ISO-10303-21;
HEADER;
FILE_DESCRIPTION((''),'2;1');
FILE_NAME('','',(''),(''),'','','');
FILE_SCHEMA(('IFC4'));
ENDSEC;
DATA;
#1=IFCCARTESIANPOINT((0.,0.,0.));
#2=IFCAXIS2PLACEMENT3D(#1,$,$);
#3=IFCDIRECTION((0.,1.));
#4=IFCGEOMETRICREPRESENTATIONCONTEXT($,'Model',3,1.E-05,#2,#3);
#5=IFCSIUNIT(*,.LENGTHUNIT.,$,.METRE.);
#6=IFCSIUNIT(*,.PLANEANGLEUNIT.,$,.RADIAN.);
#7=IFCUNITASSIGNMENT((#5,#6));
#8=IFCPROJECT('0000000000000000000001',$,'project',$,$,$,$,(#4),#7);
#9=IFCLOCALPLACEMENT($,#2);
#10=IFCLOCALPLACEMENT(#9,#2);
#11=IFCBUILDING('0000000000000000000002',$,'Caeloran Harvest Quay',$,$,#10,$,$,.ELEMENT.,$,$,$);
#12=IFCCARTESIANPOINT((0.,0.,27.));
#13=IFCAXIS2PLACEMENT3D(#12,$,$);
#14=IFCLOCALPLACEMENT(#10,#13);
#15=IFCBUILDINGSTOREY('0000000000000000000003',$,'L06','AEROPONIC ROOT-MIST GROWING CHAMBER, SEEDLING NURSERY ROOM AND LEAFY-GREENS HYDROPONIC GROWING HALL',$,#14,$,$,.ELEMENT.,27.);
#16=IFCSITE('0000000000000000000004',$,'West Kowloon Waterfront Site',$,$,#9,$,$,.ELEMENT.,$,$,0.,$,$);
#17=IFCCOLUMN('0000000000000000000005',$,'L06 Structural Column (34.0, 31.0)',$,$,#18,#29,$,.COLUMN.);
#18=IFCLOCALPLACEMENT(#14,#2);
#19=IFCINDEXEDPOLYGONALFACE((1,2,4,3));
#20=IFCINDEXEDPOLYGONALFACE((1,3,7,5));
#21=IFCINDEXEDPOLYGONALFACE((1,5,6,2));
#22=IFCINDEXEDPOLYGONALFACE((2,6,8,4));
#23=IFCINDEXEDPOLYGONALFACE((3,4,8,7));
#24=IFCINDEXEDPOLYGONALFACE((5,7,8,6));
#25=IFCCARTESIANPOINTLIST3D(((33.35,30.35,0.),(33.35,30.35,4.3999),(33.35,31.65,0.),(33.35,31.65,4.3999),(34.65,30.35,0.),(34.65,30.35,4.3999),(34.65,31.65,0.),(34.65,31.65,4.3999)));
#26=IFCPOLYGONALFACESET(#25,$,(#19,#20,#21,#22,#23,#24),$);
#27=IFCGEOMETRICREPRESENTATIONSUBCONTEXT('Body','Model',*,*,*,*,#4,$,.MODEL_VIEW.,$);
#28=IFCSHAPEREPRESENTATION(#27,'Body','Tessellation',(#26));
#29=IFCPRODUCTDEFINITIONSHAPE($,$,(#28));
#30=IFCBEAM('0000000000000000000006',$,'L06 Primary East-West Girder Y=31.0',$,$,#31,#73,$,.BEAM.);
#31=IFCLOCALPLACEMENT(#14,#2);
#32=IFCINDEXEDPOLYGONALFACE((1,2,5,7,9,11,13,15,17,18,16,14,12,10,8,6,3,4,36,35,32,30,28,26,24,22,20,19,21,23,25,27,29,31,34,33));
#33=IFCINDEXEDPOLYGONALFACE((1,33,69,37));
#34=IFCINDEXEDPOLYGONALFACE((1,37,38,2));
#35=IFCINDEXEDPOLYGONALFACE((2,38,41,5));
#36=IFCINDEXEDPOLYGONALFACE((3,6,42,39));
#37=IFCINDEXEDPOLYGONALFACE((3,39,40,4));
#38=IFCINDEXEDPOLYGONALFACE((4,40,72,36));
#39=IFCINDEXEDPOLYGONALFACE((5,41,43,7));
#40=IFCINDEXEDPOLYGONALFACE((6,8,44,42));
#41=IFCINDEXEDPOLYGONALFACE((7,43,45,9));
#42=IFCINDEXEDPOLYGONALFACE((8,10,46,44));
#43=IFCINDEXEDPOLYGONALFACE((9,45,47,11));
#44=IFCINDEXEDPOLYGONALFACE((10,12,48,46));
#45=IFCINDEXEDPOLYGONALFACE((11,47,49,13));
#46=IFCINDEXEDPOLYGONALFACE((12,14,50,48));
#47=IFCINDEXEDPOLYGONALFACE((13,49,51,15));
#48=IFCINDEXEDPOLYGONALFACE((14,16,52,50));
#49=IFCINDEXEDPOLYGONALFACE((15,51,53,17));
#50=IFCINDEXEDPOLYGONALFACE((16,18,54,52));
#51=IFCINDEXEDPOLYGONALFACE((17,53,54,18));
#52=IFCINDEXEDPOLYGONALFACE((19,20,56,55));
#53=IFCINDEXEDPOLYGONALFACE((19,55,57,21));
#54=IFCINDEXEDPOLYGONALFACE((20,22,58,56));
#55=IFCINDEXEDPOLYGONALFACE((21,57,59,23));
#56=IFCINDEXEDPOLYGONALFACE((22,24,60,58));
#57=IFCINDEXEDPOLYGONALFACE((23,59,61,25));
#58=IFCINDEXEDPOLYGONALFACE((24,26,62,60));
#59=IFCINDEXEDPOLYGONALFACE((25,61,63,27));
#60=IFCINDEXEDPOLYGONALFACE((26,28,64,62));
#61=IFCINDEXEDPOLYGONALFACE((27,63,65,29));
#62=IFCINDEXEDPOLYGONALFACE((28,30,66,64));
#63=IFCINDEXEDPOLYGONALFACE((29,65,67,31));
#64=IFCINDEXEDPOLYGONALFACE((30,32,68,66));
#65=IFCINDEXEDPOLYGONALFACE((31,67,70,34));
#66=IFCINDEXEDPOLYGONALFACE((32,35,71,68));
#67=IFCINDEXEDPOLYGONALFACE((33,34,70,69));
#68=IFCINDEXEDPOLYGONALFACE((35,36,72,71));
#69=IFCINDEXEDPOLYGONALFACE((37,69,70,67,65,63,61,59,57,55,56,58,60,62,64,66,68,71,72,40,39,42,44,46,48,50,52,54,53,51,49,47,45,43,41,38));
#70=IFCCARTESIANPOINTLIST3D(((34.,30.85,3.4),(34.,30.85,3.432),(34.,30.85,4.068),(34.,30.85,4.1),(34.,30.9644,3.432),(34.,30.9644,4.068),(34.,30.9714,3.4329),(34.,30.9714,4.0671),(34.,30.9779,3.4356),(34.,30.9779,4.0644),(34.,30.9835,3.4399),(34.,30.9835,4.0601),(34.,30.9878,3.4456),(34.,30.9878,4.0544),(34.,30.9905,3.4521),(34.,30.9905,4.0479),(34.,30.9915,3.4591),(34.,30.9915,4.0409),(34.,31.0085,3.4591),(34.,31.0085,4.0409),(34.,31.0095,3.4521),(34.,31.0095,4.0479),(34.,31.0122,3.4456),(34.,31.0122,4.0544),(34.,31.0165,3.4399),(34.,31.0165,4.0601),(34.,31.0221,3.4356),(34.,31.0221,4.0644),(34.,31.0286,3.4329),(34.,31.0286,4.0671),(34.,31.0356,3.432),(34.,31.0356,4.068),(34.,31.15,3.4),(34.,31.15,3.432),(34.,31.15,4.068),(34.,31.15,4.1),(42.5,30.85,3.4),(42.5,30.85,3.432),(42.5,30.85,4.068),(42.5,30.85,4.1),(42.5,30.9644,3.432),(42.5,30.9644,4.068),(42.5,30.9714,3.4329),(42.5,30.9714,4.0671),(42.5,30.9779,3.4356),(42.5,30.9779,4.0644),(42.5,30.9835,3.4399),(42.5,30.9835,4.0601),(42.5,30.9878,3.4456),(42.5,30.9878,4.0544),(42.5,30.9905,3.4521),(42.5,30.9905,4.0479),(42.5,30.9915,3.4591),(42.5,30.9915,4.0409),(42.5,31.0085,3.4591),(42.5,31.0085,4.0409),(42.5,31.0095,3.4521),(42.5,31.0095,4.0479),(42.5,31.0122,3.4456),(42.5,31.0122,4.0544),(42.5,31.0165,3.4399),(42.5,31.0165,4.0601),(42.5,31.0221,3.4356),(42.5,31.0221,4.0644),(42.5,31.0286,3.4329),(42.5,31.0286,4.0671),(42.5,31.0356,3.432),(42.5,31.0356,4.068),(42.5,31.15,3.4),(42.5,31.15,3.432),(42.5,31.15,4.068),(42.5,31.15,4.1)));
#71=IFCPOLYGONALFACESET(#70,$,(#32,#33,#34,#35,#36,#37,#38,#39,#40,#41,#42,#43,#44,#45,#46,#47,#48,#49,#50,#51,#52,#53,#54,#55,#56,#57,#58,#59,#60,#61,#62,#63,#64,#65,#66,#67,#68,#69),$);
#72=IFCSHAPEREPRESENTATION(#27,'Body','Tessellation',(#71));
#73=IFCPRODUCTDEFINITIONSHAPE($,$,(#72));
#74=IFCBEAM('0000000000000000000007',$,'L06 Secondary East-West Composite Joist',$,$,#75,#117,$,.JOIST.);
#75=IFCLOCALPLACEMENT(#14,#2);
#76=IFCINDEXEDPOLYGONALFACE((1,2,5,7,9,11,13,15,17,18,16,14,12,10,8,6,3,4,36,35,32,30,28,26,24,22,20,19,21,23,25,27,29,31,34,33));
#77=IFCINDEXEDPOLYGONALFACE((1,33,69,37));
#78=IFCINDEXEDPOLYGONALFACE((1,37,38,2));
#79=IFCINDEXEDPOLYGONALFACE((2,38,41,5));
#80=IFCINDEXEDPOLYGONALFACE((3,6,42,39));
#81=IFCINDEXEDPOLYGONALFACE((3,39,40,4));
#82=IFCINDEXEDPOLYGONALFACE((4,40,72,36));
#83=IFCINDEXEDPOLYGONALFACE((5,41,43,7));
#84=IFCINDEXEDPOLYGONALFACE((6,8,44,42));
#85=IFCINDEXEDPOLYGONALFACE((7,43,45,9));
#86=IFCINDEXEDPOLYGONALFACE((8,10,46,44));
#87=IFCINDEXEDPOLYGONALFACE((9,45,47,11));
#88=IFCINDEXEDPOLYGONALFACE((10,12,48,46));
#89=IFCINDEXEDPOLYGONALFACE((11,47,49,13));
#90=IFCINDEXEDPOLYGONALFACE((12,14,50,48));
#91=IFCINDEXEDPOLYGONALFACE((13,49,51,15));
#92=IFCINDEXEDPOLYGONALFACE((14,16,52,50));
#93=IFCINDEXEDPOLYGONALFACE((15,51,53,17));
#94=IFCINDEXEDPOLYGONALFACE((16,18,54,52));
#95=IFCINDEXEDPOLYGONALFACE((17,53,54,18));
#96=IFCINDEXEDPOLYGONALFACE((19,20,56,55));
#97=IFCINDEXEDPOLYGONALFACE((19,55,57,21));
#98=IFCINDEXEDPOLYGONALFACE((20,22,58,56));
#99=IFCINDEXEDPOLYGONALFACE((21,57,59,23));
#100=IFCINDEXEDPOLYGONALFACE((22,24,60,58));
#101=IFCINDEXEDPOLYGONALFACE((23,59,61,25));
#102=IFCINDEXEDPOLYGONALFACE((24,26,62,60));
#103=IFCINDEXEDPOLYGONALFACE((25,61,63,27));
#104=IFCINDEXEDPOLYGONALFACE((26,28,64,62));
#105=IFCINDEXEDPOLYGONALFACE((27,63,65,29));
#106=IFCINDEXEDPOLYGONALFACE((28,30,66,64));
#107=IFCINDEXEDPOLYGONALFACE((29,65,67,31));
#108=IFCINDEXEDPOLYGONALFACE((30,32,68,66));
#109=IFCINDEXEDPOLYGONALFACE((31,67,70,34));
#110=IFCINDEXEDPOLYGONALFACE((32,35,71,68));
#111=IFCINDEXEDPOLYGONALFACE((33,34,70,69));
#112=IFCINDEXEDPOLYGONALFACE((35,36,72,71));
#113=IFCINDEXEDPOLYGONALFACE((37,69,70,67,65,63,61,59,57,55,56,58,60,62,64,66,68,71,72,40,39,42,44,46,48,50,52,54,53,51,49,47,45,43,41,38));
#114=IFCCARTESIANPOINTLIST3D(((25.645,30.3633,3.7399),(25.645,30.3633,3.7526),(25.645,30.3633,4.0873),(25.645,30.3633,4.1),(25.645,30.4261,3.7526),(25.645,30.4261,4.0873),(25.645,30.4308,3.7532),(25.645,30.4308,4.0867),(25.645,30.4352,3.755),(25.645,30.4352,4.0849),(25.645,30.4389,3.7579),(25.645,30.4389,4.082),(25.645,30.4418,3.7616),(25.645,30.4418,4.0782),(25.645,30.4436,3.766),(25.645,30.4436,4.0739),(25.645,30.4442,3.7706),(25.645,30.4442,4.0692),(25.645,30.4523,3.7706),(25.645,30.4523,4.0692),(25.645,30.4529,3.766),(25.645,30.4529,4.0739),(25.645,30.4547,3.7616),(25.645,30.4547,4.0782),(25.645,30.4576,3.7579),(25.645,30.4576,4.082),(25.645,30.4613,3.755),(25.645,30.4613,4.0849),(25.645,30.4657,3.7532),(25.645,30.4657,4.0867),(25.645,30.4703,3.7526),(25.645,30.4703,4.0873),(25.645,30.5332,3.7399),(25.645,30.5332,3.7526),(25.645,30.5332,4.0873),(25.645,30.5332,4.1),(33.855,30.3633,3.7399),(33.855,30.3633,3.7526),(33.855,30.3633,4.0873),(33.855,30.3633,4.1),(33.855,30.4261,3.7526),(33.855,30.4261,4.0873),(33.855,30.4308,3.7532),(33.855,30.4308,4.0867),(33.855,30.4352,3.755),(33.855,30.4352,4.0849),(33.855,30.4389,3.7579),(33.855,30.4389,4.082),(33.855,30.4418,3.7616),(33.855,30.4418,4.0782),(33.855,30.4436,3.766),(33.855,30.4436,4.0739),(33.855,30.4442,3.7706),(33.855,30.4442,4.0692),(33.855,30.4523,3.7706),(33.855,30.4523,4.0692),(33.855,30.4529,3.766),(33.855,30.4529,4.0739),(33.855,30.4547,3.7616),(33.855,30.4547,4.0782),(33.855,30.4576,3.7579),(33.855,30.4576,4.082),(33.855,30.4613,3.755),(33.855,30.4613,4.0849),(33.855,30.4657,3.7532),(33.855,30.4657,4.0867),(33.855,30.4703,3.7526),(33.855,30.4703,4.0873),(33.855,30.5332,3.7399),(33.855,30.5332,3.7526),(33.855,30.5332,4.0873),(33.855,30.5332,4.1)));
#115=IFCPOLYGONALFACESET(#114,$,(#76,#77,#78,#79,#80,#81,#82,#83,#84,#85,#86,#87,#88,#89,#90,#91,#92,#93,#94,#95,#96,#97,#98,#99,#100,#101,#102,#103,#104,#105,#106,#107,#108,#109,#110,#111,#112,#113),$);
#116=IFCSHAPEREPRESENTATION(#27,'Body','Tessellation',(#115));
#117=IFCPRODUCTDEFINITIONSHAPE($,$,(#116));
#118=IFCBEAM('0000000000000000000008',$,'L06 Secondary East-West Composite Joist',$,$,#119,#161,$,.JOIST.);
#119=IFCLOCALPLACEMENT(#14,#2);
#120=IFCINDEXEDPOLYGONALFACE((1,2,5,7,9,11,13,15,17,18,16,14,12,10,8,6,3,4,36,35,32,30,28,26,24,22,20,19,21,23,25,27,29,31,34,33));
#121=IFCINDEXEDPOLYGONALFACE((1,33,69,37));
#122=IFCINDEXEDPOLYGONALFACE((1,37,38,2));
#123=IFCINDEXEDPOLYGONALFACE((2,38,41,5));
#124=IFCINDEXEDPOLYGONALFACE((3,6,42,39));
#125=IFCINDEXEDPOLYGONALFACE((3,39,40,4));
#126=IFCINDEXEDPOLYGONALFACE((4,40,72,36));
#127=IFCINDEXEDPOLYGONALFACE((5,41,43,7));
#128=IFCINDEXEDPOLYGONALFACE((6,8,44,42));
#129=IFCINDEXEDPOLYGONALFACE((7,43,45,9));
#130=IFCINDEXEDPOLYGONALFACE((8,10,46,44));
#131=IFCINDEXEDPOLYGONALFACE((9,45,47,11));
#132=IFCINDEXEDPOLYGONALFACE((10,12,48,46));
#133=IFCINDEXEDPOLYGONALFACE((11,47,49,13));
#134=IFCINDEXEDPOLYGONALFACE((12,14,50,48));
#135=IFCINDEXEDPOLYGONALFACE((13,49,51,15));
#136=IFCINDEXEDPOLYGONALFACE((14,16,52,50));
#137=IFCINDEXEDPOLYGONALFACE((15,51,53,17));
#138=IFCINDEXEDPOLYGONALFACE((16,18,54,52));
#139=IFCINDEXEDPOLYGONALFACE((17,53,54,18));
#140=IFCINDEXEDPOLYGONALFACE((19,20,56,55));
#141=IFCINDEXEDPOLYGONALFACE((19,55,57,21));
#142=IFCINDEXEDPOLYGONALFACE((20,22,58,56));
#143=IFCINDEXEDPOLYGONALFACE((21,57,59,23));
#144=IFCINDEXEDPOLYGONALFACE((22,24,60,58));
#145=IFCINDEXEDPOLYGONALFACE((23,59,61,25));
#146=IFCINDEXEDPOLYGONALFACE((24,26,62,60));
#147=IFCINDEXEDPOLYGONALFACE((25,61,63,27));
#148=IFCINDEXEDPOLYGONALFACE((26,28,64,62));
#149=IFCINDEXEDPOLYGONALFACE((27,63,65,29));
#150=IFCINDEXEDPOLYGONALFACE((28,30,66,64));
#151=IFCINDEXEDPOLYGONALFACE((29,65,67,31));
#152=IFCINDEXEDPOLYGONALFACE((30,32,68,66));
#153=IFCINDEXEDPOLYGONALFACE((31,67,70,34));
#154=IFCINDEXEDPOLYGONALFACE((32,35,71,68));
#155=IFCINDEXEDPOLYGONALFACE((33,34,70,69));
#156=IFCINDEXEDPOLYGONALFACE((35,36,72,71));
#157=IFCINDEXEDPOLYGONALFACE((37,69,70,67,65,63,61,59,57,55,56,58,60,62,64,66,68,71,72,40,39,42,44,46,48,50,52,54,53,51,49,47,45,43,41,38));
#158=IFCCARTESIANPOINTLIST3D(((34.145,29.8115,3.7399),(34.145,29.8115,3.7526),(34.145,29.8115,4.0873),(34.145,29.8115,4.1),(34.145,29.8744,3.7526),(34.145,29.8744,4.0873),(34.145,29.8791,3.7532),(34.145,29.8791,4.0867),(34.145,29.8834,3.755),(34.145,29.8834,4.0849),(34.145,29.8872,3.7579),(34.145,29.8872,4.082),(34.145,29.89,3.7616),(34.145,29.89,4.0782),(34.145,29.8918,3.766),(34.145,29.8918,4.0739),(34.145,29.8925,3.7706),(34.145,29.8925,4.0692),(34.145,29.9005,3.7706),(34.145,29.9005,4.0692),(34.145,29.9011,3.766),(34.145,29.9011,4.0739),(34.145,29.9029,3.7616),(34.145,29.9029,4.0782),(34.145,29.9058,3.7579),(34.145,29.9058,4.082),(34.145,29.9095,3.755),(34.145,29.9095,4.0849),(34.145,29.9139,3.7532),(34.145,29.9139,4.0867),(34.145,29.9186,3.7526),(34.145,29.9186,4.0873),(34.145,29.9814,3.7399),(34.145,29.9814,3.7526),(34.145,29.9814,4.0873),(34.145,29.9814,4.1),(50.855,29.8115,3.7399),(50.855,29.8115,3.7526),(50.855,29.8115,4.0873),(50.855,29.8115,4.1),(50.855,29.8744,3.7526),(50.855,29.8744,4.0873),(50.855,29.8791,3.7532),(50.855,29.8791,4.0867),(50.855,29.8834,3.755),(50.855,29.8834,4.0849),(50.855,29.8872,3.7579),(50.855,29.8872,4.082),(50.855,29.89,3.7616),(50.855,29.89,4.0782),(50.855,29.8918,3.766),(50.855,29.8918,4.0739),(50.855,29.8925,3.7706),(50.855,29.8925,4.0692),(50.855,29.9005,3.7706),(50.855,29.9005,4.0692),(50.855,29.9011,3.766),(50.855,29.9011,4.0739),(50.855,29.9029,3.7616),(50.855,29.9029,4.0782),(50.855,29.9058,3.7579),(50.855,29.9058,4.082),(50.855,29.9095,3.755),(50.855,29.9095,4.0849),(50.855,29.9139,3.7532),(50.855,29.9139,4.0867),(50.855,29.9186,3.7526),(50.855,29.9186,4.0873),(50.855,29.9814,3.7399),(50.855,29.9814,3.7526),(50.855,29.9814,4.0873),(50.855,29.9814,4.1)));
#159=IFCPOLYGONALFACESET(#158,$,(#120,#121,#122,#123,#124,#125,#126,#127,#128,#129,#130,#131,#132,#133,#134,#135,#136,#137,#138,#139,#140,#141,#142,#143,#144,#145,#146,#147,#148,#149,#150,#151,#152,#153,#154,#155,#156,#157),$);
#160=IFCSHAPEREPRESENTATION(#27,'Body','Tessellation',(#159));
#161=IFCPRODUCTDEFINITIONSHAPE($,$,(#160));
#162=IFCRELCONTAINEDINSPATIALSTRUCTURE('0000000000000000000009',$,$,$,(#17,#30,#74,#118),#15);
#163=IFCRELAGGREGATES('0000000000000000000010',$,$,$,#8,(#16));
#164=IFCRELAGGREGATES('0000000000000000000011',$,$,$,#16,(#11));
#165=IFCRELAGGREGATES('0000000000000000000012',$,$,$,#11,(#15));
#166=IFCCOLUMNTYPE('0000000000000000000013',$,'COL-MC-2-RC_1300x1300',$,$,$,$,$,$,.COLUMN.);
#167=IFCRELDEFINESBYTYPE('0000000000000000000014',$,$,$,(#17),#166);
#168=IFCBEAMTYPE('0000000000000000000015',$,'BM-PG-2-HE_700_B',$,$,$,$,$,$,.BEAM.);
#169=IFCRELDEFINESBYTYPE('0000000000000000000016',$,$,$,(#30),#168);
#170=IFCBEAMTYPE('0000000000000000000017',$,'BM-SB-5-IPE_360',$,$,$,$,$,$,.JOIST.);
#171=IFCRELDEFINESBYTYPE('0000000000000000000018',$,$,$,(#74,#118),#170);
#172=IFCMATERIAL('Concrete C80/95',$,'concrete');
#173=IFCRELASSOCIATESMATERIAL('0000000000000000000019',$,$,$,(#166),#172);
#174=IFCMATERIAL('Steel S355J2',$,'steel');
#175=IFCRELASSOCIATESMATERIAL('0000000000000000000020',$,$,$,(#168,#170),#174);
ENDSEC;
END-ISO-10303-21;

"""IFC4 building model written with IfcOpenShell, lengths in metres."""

from ifc_helpers import new_model, si_unit, direction, frame, origin, origin_2d, place, context, subcontext, project, spatial, rectangle, i_section, extrude, material, material_profile, profile_set, type_object, element, save


model = new_model("IFC4")

# Units and contexts
model_context = context("Model", 3, precision=1e-05, world=origin(), true_north=direction((0.0, 1.0)))
body_context = subcontext(model_context, "Body", "Model", "MODEL_VIEW")
ifc_project = project(units=[si_unit("LENGTHUNIT", "METRE"), si_unit("PLANEANGLEUNIT", "RADIAN")], contexts=[model_context])

# Site, building, storey
site_placement = place(None, origin())
site = spatial("IfcSite", under=ifc_project, at=site_placement, Name="West Kowloon Waterfront Site", CompositionType="ELEMENT", RefElevation=0.0)
building_placement = place(site_placement, origin())
building = spatial("IfcBuilding", under=site, at=building_placement, Name="Caeloran Harvest Quay", CompositionType="ELEMENT")
storey_placement = place(building_placement, frame((0.0, 0.0, 27.0)))
storey = spatial("IfcBuildingStorey", under=building, at=storey_placement, Name="L06", Description="AEROPONIC ROOT-MIST GROWING CHAMBER, SEEDLING NURSERY ROOM AND LEAFY-GREENS HYDROPONIC GROWING HALL", CompositionType="ELEMENT", Elevation=27.0)

# Column
ifc_material_1 = material(Name="Concrete C80/95", Category="concrete")
ifc_material_profile_1 = material_profile(ifc_material_1, rectangle(XDim=1.3, YDim=1.3, at=origin_2d()), Name="RC 1300x1300")
ifc_profile_set_1 = profile_set([ifc_material_profile_1], Name="Concrete C80/95")
column_type = type_object("IfcColumnType", Name="COL-MC-2-RC_1300x1300", PredefinedType="COLUMN", material=ifc_profile_set_1)
column_placement = place(storey_placement, frame((34.0, 31.0, 0.0), z_axis=(0.0, 0.0, 1.0), x_axis=(1.0, 0.0, 0.0)))
element("IfcColumn", 1, at=column_placement, inside=storey, type_object=column_type, Name="L06 Structural Column (34.0, 31.0)", PredefinedType="COLUMN", context=body_context, shape_type="SweptSolid", body=[
    extrude(rectangle(XDim=1.3, YDim=1.3, at=origin_2d()), origin(), (0.0, 0.0, 1.0), 4.3999),
])

# Beams
ifc_material_2 = material(Name="Steel S355J2", Category="steel")
ifc_material_profile_2 = material_profile(ifc_material_2, i_section(OverallWidth=0.3, OverallDepth=0.7, WebThickness=0.0171, FlangeThickness=0.032, FilletRadius=0.0271, at=origin_2d()), Name="HE 700 B")
ifc_profile_set_2 = profile_set([ifc_material_profile_2], Name="Steel S355J2")
beam_type_1 = type_object("IfcBeamType", Name="BM-PG-2-HE_700_B", PredefinedType="BEAM", material=ifc_profile_set_2)
beam_1_placement = place(storey_placement, frame((34.0, 31.0, 3.75), z_axis=(1.0, 0.0, 0.0), x_axis=(0.0, 1.0, 0.0)))
element("IfcBeam", 2, at=beam_1_placement, inside=storey, type_object=beam_type_1, Name="L06 Primary East-West Girder Y=31.0", PredefinedType="BEAM", context=body_context, shape_type="SweptSolid", body=[
    extrude(i_section(OverallWidth=0.3, OverallDepth=0.7, WebThickness=0.0171, FlangeThickness=0.032, FilletRadius=0.0271, at=origin_2d()), origin(), (0.0, 0.0, 1.0), 8.5),
])
ifc_material_profile_3 = material_profile(ifc_material_2, i_section(OverallWidth=0.1699, OverallDepth=0.3601, WebThickness=0.0081, FlangeThickness=0.0127, FilletRadius=0.0181, at=origin_2d()), Name="IPE 360")
ifc_profile_set_3 = profile_set([ifc_material_profile_3], Name="Steel S355J2")
beam_type_2 = type_object("IfcBeamType", Name="BM-SB-5-IPE_360", PredefinedType="JOIST", material=ifc_profile_set_3)
beam_2_placement = place(storey_placement, frame((25.645, 30.4482, 3.9199), z_axis=(1.0, 0.0, 0.0), x_axis=(0.0, 1.0, 0.0)))
element("IfcBeam", 3, at=beam_2_placement, inside=storey, type_object=beam_type_2, Name="L06 Secondary East-West Composite Joist", PredefinedType="JOIST", context=body_context, shape_type="SweptSolid", body=[
    extrude(i_section(OverallWidth=0.1699, OverallDepth=0.3601, WebThickness=0.0081, FlangeThickness=0.0127, FilletRadius=0.0181, at=origin_2d()), origin(), (0.0, 0.0, 1.0), 8.21),
])
for number, where, z_axis, x_axis, name in (
    (4, (34.145, 29.8965, 3.9199), (1.0, 0.0, 0.0), (0.0, 1.0, 0.0), "L06 Secondary East-West Composite Joist"),
):
    element("IfcBeam", number, at=place(storey_placement, frame(where, z_axis=z_axis, x_axis=x_axis)), inside=storey, type_object=beam_type_2, Name=name, PredefinedType="JOIST", context=body_context, shape_type="SweptSolid", body=[
        extrude(i_section(OverallWidth=0.1699, OverallDepth=0.3601, WebThickness=0.0081, FlangeThickness=0.0127, FilletRadius=0.0181, at=origin_2d()), origin(), (0.0, 0.0, 1.0), 16.71),
    ])

save(model, "model.ifc")
